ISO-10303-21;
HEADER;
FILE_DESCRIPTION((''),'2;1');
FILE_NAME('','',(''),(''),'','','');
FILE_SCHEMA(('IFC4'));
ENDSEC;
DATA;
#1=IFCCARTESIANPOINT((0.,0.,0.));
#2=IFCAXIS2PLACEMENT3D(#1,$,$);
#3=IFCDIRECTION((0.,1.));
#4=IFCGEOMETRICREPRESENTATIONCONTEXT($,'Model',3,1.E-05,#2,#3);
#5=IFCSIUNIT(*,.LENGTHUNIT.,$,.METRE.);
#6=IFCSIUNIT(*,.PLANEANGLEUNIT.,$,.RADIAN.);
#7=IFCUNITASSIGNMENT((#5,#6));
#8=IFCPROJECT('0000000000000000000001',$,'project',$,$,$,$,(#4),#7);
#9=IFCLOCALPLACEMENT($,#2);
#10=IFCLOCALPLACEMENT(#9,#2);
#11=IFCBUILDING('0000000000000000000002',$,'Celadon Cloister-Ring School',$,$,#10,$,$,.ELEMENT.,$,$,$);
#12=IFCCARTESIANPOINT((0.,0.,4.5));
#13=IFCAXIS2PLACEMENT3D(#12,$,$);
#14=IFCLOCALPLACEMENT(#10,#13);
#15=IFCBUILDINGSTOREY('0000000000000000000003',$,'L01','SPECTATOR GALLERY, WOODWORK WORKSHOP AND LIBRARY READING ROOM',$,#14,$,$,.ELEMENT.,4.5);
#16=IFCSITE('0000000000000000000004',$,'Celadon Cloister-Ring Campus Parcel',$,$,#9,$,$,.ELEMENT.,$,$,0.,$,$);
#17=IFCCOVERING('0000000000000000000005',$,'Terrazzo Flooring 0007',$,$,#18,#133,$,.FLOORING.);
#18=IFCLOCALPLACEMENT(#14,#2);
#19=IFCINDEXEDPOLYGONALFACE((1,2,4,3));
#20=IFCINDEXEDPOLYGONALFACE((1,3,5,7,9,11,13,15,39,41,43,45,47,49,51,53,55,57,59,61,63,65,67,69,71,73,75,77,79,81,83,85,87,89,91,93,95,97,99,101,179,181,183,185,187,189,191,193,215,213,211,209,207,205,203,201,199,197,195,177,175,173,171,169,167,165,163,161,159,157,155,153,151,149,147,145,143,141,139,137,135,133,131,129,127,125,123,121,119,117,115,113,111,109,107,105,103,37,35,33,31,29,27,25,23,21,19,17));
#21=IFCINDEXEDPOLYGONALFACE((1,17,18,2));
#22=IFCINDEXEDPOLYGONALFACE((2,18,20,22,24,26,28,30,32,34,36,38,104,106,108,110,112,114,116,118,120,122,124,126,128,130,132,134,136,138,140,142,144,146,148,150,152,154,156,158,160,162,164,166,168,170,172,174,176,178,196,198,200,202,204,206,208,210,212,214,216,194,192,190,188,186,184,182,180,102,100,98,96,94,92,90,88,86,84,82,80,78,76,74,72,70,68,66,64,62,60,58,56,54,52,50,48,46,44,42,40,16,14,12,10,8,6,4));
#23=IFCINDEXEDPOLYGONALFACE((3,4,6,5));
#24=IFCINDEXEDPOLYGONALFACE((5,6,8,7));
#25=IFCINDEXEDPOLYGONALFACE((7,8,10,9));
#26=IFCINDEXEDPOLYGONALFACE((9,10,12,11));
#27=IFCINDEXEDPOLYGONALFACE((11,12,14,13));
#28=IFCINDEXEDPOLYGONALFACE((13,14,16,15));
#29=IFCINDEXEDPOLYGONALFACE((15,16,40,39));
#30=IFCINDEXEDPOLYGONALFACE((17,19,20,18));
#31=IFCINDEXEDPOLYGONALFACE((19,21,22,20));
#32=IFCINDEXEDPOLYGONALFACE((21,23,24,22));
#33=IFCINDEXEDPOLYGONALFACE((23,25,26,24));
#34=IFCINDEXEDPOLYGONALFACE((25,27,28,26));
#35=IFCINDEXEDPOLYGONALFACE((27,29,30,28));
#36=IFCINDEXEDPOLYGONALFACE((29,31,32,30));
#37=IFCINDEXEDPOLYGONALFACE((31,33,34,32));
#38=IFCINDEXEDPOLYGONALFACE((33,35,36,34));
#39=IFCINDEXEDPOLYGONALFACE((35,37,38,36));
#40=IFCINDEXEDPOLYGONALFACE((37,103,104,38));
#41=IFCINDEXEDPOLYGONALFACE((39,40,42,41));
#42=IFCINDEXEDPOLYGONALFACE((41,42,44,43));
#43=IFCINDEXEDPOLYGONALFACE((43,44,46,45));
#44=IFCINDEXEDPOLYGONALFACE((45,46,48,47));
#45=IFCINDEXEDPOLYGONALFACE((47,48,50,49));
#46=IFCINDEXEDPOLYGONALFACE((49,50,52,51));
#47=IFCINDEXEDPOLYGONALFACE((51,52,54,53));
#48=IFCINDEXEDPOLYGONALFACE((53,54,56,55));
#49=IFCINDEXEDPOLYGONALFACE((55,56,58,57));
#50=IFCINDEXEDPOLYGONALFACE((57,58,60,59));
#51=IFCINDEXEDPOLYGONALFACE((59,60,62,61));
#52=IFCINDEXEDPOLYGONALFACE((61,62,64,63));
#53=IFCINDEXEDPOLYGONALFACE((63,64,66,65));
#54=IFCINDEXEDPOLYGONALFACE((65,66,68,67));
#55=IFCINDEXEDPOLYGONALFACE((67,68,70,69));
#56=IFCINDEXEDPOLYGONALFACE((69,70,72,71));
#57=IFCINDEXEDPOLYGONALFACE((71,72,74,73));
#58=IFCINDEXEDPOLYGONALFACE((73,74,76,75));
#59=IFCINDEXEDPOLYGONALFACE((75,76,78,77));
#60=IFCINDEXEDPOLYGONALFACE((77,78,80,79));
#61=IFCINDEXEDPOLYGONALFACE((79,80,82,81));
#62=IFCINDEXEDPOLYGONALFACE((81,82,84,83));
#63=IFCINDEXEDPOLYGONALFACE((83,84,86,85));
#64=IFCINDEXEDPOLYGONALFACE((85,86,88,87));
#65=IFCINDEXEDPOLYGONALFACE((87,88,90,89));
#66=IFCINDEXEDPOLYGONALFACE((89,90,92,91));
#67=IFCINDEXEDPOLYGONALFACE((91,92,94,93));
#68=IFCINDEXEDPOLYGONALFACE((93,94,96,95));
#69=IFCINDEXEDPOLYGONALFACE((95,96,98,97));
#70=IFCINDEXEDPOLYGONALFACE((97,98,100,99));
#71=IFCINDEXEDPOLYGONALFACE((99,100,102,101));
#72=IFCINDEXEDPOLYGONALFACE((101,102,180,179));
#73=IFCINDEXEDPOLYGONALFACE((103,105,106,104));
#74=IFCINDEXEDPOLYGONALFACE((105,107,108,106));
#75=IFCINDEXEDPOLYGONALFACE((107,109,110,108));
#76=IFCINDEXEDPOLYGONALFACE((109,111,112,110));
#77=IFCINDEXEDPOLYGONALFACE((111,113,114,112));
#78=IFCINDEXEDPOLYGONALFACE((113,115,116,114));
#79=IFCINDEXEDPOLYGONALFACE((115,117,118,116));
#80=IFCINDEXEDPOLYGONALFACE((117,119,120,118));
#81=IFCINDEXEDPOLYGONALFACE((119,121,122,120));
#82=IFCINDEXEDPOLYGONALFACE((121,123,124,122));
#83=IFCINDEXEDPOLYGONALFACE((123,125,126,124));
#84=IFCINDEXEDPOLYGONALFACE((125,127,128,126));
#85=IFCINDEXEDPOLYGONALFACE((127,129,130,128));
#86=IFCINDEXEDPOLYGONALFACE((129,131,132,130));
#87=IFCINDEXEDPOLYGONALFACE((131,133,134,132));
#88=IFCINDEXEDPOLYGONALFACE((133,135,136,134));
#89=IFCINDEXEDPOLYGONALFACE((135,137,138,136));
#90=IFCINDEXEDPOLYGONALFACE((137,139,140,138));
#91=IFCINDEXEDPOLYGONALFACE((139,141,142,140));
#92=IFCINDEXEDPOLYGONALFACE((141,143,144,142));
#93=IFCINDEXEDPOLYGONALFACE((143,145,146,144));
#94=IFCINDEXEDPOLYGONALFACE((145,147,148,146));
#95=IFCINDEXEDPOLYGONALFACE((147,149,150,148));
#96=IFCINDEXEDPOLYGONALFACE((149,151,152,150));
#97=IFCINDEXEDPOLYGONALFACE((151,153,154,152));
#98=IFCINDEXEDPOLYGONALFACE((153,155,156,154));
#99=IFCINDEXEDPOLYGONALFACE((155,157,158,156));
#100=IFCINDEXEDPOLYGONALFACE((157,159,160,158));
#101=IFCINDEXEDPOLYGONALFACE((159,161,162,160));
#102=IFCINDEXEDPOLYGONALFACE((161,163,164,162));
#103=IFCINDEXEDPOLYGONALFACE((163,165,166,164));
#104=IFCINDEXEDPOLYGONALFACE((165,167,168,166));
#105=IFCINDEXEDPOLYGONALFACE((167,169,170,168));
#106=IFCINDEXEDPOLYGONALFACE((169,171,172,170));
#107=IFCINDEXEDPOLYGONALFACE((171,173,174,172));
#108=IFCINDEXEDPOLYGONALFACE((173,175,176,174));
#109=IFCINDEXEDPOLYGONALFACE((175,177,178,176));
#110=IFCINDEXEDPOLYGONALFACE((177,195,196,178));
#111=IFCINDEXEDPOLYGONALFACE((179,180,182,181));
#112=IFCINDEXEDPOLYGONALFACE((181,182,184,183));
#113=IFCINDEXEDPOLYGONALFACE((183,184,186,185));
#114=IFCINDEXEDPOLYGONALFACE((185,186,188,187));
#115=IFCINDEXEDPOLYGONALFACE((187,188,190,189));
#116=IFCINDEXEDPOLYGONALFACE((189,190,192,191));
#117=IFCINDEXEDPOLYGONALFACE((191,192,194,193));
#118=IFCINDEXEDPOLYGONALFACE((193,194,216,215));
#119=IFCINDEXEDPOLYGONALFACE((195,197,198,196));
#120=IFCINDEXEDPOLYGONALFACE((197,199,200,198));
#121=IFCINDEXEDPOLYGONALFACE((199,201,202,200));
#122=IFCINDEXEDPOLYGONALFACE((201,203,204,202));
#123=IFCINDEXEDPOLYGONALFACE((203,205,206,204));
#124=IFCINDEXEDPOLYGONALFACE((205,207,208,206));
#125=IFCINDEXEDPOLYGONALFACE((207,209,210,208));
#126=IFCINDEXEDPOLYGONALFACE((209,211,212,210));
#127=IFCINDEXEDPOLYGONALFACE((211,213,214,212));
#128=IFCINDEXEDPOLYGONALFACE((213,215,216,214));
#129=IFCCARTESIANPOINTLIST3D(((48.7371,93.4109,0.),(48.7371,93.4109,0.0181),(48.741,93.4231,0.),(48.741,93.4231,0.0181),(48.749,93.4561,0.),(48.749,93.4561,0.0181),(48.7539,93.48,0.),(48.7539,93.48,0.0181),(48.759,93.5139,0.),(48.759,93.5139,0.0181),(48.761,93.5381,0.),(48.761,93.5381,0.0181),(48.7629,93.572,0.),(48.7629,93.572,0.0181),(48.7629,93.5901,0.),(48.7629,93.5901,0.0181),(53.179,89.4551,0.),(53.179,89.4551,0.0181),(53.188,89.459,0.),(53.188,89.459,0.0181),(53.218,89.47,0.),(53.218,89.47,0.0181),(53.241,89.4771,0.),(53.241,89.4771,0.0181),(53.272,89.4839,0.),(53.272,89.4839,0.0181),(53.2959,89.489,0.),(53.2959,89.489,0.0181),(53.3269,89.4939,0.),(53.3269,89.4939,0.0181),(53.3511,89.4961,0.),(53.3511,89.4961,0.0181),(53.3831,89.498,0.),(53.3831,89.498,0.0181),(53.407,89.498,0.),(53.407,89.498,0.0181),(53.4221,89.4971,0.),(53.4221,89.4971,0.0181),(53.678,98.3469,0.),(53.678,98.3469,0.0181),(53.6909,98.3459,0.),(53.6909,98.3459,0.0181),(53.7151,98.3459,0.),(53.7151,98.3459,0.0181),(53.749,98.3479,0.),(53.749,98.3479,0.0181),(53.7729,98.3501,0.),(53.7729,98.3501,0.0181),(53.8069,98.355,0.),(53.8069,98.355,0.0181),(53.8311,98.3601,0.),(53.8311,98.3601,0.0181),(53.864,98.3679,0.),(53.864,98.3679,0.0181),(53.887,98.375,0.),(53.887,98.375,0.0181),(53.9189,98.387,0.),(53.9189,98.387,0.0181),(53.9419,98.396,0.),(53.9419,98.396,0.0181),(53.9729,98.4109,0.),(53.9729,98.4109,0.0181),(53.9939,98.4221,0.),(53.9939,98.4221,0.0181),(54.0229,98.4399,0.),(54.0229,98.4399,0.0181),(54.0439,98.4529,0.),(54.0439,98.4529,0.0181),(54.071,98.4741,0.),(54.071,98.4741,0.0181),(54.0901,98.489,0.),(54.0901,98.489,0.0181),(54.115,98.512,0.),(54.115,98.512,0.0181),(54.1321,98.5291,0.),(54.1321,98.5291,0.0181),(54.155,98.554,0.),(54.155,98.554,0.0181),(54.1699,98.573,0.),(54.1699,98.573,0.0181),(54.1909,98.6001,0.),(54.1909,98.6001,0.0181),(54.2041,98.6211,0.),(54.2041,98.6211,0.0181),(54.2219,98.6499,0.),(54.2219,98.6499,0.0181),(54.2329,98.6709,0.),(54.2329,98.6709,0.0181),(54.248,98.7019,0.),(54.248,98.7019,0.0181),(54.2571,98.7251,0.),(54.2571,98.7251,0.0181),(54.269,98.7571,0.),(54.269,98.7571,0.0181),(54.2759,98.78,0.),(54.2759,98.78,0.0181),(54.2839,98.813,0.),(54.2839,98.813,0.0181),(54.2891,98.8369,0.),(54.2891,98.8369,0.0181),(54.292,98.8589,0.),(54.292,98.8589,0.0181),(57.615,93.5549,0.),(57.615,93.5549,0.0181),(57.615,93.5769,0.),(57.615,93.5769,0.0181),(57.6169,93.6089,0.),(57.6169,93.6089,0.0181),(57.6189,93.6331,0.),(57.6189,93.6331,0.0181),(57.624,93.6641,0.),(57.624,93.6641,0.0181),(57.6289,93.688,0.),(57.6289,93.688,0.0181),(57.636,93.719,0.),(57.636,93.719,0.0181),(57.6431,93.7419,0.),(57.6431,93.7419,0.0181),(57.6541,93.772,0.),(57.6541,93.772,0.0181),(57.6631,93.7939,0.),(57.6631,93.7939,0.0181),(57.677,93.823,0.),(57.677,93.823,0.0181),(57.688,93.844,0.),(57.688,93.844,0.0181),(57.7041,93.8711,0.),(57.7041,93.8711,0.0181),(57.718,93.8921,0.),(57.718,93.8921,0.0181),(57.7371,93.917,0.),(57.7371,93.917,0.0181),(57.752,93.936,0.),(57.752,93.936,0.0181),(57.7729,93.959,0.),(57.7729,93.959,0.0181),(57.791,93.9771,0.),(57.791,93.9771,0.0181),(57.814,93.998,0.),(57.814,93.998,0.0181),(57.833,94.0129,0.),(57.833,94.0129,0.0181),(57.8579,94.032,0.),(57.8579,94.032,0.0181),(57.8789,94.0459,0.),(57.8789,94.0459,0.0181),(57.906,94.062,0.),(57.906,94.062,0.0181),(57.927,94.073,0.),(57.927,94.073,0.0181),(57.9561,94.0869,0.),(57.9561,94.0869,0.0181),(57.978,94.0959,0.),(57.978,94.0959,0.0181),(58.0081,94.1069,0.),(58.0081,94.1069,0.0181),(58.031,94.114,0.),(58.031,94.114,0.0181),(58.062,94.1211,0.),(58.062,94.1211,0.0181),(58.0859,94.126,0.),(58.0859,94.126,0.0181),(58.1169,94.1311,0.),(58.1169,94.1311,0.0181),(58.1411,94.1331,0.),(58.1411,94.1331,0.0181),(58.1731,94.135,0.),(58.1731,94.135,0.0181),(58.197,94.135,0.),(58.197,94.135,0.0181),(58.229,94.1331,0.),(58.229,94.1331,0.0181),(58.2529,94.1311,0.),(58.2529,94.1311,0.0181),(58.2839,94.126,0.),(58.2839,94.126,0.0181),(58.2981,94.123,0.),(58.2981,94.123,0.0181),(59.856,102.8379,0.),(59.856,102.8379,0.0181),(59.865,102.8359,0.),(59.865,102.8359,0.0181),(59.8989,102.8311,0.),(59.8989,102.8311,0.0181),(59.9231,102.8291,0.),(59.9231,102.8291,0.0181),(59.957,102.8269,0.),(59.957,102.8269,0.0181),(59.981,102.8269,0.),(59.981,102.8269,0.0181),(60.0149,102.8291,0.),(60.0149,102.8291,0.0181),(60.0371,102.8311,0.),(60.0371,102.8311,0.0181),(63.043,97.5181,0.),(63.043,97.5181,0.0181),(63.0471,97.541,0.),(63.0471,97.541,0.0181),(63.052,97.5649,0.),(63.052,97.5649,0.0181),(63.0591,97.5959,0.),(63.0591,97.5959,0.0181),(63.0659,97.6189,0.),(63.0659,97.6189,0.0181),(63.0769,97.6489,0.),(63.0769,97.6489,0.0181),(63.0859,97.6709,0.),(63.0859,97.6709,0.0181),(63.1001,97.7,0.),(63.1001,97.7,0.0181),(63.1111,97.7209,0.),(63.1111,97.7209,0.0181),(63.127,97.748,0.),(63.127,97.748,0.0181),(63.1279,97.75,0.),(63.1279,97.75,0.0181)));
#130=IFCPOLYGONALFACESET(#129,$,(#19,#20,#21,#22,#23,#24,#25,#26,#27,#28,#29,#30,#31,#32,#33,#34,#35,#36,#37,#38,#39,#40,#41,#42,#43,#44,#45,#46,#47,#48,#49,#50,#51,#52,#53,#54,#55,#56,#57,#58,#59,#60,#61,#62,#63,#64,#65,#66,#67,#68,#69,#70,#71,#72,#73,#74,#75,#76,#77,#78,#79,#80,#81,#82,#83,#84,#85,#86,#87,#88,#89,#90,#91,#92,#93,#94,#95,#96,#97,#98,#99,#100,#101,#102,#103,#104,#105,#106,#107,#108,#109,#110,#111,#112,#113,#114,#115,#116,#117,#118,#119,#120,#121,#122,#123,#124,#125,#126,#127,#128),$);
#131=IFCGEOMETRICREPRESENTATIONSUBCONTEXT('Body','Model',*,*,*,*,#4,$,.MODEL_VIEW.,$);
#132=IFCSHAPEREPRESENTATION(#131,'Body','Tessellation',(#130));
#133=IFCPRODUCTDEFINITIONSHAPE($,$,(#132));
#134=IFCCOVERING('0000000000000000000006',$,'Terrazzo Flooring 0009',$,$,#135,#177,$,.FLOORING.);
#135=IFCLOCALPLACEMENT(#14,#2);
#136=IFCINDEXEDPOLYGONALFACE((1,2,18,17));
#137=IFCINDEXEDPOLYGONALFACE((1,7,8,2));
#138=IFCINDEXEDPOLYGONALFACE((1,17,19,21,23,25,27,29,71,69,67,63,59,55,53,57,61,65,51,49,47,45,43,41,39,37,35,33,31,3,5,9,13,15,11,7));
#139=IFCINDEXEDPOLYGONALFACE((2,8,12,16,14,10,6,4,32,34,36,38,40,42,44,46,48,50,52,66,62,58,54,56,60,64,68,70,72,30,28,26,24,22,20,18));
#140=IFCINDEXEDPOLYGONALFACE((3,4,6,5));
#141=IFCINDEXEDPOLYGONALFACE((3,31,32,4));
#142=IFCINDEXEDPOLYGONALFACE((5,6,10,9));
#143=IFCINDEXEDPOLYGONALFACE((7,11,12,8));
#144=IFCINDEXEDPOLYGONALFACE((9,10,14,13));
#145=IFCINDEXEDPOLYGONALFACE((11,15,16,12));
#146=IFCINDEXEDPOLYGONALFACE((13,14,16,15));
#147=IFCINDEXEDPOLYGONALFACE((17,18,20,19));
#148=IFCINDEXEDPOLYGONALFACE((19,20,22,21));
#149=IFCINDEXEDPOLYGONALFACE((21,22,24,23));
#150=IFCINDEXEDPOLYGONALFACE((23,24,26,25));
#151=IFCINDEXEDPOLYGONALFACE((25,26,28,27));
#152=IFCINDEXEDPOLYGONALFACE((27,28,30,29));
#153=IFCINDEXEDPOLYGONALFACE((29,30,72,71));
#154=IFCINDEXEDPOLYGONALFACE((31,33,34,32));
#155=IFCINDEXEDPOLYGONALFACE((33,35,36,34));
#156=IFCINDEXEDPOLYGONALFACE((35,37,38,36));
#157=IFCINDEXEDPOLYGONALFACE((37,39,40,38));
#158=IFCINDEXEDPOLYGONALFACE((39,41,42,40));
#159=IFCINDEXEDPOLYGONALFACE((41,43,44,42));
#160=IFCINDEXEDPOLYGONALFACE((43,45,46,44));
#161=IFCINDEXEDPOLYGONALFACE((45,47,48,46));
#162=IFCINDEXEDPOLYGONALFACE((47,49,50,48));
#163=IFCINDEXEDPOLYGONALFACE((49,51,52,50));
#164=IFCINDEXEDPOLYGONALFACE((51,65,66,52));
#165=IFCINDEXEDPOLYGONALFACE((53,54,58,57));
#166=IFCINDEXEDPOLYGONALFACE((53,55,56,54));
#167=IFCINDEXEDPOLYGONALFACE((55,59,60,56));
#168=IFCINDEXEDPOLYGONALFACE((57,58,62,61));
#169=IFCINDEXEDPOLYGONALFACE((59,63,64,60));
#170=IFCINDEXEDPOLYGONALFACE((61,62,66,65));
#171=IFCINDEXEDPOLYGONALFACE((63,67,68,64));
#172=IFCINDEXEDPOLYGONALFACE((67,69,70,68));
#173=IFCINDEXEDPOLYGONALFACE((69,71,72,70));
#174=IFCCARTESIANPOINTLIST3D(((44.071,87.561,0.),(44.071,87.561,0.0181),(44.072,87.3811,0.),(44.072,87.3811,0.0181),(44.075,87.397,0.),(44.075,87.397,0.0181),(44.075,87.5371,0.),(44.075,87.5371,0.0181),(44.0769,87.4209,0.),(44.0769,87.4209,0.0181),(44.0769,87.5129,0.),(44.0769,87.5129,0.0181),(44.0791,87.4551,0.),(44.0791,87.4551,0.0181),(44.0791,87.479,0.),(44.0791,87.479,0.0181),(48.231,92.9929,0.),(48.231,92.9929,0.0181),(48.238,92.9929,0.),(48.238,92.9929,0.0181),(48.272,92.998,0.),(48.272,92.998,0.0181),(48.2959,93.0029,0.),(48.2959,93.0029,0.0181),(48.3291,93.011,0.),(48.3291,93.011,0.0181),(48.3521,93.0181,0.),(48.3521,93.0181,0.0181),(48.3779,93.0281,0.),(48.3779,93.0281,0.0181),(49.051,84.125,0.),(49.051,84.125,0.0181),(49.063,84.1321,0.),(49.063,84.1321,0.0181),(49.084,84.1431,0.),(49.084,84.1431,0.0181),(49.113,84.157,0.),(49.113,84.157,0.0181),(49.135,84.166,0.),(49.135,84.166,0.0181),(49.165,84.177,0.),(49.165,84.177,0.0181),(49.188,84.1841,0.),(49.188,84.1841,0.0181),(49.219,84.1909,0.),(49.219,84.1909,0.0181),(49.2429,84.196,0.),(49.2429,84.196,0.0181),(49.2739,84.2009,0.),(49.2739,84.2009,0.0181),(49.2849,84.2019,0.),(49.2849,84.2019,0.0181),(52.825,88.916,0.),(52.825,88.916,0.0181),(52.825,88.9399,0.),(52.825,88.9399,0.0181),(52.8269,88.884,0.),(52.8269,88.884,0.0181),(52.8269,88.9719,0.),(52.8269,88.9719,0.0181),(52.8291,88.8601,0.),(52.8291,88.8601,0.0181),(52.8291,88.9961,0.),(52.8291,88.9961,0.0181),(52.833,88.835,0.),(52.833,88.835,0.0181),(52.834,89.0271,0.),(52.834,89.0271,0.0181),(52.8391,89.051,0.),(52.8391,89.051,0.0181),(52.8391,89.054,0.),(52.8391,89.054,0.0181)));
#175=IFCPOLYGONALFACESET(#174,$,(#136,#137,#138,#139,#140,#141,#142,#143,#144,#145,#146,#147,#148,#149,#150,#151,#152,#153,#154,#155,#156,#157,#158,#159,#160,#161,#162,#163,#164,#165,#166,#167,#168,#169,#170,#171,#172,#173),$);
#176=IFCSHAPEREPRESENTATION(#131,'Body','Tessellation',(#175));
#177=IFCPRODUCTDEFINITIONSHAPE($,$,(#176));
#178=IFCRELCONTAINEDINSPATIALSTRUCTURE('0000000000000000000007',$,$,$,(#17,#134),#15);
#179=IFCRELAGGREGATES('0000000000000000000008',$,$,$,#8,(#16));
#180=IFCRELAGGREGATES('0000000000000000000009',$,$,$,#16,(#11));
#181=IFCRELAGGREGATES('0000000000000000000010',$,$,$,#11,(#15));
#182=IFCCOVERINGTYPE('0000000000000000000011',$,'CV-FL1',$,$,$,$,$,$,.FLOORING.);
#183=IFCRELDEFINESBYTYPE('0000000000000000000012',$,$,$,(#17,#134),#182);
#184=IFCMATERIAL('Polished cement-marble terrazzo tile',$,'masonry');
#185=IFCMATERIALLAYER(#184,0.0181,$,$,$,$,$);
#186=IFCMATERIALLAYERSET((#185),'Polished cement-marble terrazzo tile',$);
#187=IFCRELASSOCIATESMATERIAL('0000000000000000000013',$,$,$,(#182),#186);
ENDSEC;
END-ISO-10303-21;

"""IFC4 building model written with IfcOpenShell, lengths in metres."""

from ifc_helpers import new_model, si_unit, direction, frame, origin, place, context, subcontext, project, spatial, polyline, outline, extrude, material, layer, layer_set, type_object, element, save


model = new_model("IFC4")

# Units and contexts
model_context = context("Model", 3, precision=1e-05, world=origin(), true_north=direction((0.0, 1.0)))
body_context = subcontext(model_context, "Body", "Model", "MODEL_VIEW")
ifc_project = project(units=[si_unit("LENGTHUNIT", "METRE"), si_unit("PLANEANGLEUNIT", "RADIAN")], contexts=[model_context])

# Site, building, storey
site_placement = place(None, origin())
site = spatial("IfcSite", under=ifc_project, at=site_placement, Name="Celadon Cloister-Ring Campus Parcel", CompositionType="ELEMENT", RefElevation=0.0)
building_placement = place(site_placement, origin())
building = spatial("IfcBuilding", under=site, at=building_placement, Name="Celadon Cloister-Ring School", CompositionType="ELEMENT")
storey_placement = place(building_placement, frame((0.0, 0.0, 4.5)))
storey = spatial("IfcBuildingStorey", under=building, at=storey_placement, Name="L01", Description="SPECTATOR GALLERY, WOODWORK WORKSHOP AND LIBRARY READING ROOM", CompositionType="ELEMENT", Elevation=4.5)

# Coverings
ifc_material_1 = material(Name="Polished cement-marble terrazzo tile", Category="masonry")
ifc_layer_1 = layer(ifc_material_1, 0.0181)
ifc_layer_set_1 = layer_set([ifc_layer_1], Name="Polished cement-marble terrazzo tile")
covering_type_1 = type_object("IfcCoveringType", Name="CV-FL1", PredefinedType="FLOORING", material=ifc_layer_set_1)
covering_1_placement = place(storey_placement, origin())
element("IfcCovering", 1, at=covering_1_placement, inside=storey, type_object=covering_type_1, Name="Terrazzo Flooring 0007", PredefinedType="FLOORING", context=body_context, shape_type="SweptSolid", body=[
    extrude(outline(polyline([(48.7371, 93.4109), (48.741, 93.4231), (48.749, 93.4561), (48.7539, 93.48), (48.759, 93.5139), (48.761, 93.5381), (48.7629, 93.572), (48.7629, 93.5901), (53.678, 98.3469), (53.6909, 98.3459), (53.7151, 98.3459), (53.749, 98.3479), (53.7729, 98.3501), (53.8069, 98.355), (53.8311, 98.3601), (53.864, 98.3679), (53.887, 98.375), (53.9189, 98.387), (53.9419, 98.396), (53.9729, 98.4109), (53.9939, 98.4221), (54.0229, 98.4399), (54.0439, 98.4529), (54.071, 98.4741), (54.0901, 98.489), (54.115, 98.512), (54.1321, 98.5291), (54.155, 98.554), (54.1699, 98.573), (54.1909, 98.6001), (54.2041, 98.6211), (54.2219, 98.6499), (54.2329, 98.6709), (54.248, 98.7019), (54.2571, 98.7251), (54.269, 98.7571), (54.2759, 98.78), (54.2839, 98.813), (54.2891, 98.8369), (54.292, 98.8589), (59.856, 102.8379), (59.865, 102.8359), (59.8989, 102.8311), (59.9231, 102.8291), (59.957, 102.8269), (59.981, 102.8269), (60.0149, 102.8291), (60.0371, 102.8311), (63.1279, 97.75), (63.127, 97.748), (63.1111, 97.7209), (63.1001, 97.7), (63.0859, 97.6709), (63.0769, 97.6489), (63.0659, 97.6189), (63.0591, 97.5959), (63.052, 97.5649), (63.0471, 97.541), (63.043, 97.5181), (58.2981, 94.123), (58.2839, 94.126), (58.2529, 94.1311), (58.229, 94.1331), (58.197, 94.135), (58.1731, 94.135), (58.1411, 94.1331), (58.1169, 94.1311), (58.0859, 94.126), (58.062, 94.1211), (58.031, 94.114), (58.0081, 94.1069), (57.978, 94.0959), (57.9561, 94.0869), (57.927, 94.073), (57.906, 94.062), (57.8789, 94.0459), (57.8579, 94.032), (57.833, 94.0129), (57.814, 93.998), (57.791, 93.9771), (57.7729, 93.959), (57.752, 93.936), (57.7371, 93.917), (57.718, 93.8921), (57.7041, 93.8711), (57.688, 93.844), (57.677, 93.823), (57.6631, 93.7939), (57.6541, 93.772), (57.6431, 93.7419), (57.636, 93.719), (57.6289, 93.688), (57.624, 93.6641), (57.6189, 93.6331), (57.6169, 93.6089), (57.615, 93.5769), (57.615, 93.5549), (53.4221, 89.4971), (53.407, 89.498), (53.3831, 89.498), (53.3511, 89.4961), (53.3269, 89.4939), (53.2959, 89.489), (53.272, 89.4839), (53.241, 89.4771), (53.218, 89.47), (53.188, 89.459), (53.179, 89.4551), (48.7371, 93.4109)])), origin(), (0.0, 0.0, 1.0), 0.0181),
])
covering_2_placement = place(storey_placement, origin())
element("IfcCovering", 2, at=covering_2_placement, inside=storey, type_object=covering_type_1, Name="Terrazzo Flooring 0009", PredefinedType="FLOORING", context=body_context, shape_type="SweptSolid", body=[
    extrude(outline(polyline([(44.072, 87.3811), (44.075, 87.397), (44.0769, 87.4209), (44.0791, 87.4551), (44.0791, 87.479), (44.0769, 87.5129), (44.075, 87.5371), (44.071, 87.561), (48.231, 92.9929), (48.238, 92.9929), (48.272, 92.998), (48.2959, 93.0029), (48.3291, 93.011), (48.3521, 93.0181), (48.3779, 93.0281), (52.8391, 89.054), (52.8391, 89.051), (52.834, 89.0271), (52.8291, 88.9961), (52.8269, 88.9719), (52.825, 88.9399), (52.825, 88.916), (52.8269, 88.884), (52.8291, 88.8601), (52.833, 88.835), (49.2849, 84.2019), (49.2739, 84.2009), (49.2429, 84.196), (49.219, 84.1909), (49.188, 84.1841), (49.165, 84.177), (49.135, 84.166), (49.113, 84.157), (49.084, 84.1431), (49.063, 84.1321), (49.051, 84.125), (44.072, 87.3811)])), origin(), (0.0, 0.0, 1.0), 0.0181),
])

save(model, "model.ifc")
